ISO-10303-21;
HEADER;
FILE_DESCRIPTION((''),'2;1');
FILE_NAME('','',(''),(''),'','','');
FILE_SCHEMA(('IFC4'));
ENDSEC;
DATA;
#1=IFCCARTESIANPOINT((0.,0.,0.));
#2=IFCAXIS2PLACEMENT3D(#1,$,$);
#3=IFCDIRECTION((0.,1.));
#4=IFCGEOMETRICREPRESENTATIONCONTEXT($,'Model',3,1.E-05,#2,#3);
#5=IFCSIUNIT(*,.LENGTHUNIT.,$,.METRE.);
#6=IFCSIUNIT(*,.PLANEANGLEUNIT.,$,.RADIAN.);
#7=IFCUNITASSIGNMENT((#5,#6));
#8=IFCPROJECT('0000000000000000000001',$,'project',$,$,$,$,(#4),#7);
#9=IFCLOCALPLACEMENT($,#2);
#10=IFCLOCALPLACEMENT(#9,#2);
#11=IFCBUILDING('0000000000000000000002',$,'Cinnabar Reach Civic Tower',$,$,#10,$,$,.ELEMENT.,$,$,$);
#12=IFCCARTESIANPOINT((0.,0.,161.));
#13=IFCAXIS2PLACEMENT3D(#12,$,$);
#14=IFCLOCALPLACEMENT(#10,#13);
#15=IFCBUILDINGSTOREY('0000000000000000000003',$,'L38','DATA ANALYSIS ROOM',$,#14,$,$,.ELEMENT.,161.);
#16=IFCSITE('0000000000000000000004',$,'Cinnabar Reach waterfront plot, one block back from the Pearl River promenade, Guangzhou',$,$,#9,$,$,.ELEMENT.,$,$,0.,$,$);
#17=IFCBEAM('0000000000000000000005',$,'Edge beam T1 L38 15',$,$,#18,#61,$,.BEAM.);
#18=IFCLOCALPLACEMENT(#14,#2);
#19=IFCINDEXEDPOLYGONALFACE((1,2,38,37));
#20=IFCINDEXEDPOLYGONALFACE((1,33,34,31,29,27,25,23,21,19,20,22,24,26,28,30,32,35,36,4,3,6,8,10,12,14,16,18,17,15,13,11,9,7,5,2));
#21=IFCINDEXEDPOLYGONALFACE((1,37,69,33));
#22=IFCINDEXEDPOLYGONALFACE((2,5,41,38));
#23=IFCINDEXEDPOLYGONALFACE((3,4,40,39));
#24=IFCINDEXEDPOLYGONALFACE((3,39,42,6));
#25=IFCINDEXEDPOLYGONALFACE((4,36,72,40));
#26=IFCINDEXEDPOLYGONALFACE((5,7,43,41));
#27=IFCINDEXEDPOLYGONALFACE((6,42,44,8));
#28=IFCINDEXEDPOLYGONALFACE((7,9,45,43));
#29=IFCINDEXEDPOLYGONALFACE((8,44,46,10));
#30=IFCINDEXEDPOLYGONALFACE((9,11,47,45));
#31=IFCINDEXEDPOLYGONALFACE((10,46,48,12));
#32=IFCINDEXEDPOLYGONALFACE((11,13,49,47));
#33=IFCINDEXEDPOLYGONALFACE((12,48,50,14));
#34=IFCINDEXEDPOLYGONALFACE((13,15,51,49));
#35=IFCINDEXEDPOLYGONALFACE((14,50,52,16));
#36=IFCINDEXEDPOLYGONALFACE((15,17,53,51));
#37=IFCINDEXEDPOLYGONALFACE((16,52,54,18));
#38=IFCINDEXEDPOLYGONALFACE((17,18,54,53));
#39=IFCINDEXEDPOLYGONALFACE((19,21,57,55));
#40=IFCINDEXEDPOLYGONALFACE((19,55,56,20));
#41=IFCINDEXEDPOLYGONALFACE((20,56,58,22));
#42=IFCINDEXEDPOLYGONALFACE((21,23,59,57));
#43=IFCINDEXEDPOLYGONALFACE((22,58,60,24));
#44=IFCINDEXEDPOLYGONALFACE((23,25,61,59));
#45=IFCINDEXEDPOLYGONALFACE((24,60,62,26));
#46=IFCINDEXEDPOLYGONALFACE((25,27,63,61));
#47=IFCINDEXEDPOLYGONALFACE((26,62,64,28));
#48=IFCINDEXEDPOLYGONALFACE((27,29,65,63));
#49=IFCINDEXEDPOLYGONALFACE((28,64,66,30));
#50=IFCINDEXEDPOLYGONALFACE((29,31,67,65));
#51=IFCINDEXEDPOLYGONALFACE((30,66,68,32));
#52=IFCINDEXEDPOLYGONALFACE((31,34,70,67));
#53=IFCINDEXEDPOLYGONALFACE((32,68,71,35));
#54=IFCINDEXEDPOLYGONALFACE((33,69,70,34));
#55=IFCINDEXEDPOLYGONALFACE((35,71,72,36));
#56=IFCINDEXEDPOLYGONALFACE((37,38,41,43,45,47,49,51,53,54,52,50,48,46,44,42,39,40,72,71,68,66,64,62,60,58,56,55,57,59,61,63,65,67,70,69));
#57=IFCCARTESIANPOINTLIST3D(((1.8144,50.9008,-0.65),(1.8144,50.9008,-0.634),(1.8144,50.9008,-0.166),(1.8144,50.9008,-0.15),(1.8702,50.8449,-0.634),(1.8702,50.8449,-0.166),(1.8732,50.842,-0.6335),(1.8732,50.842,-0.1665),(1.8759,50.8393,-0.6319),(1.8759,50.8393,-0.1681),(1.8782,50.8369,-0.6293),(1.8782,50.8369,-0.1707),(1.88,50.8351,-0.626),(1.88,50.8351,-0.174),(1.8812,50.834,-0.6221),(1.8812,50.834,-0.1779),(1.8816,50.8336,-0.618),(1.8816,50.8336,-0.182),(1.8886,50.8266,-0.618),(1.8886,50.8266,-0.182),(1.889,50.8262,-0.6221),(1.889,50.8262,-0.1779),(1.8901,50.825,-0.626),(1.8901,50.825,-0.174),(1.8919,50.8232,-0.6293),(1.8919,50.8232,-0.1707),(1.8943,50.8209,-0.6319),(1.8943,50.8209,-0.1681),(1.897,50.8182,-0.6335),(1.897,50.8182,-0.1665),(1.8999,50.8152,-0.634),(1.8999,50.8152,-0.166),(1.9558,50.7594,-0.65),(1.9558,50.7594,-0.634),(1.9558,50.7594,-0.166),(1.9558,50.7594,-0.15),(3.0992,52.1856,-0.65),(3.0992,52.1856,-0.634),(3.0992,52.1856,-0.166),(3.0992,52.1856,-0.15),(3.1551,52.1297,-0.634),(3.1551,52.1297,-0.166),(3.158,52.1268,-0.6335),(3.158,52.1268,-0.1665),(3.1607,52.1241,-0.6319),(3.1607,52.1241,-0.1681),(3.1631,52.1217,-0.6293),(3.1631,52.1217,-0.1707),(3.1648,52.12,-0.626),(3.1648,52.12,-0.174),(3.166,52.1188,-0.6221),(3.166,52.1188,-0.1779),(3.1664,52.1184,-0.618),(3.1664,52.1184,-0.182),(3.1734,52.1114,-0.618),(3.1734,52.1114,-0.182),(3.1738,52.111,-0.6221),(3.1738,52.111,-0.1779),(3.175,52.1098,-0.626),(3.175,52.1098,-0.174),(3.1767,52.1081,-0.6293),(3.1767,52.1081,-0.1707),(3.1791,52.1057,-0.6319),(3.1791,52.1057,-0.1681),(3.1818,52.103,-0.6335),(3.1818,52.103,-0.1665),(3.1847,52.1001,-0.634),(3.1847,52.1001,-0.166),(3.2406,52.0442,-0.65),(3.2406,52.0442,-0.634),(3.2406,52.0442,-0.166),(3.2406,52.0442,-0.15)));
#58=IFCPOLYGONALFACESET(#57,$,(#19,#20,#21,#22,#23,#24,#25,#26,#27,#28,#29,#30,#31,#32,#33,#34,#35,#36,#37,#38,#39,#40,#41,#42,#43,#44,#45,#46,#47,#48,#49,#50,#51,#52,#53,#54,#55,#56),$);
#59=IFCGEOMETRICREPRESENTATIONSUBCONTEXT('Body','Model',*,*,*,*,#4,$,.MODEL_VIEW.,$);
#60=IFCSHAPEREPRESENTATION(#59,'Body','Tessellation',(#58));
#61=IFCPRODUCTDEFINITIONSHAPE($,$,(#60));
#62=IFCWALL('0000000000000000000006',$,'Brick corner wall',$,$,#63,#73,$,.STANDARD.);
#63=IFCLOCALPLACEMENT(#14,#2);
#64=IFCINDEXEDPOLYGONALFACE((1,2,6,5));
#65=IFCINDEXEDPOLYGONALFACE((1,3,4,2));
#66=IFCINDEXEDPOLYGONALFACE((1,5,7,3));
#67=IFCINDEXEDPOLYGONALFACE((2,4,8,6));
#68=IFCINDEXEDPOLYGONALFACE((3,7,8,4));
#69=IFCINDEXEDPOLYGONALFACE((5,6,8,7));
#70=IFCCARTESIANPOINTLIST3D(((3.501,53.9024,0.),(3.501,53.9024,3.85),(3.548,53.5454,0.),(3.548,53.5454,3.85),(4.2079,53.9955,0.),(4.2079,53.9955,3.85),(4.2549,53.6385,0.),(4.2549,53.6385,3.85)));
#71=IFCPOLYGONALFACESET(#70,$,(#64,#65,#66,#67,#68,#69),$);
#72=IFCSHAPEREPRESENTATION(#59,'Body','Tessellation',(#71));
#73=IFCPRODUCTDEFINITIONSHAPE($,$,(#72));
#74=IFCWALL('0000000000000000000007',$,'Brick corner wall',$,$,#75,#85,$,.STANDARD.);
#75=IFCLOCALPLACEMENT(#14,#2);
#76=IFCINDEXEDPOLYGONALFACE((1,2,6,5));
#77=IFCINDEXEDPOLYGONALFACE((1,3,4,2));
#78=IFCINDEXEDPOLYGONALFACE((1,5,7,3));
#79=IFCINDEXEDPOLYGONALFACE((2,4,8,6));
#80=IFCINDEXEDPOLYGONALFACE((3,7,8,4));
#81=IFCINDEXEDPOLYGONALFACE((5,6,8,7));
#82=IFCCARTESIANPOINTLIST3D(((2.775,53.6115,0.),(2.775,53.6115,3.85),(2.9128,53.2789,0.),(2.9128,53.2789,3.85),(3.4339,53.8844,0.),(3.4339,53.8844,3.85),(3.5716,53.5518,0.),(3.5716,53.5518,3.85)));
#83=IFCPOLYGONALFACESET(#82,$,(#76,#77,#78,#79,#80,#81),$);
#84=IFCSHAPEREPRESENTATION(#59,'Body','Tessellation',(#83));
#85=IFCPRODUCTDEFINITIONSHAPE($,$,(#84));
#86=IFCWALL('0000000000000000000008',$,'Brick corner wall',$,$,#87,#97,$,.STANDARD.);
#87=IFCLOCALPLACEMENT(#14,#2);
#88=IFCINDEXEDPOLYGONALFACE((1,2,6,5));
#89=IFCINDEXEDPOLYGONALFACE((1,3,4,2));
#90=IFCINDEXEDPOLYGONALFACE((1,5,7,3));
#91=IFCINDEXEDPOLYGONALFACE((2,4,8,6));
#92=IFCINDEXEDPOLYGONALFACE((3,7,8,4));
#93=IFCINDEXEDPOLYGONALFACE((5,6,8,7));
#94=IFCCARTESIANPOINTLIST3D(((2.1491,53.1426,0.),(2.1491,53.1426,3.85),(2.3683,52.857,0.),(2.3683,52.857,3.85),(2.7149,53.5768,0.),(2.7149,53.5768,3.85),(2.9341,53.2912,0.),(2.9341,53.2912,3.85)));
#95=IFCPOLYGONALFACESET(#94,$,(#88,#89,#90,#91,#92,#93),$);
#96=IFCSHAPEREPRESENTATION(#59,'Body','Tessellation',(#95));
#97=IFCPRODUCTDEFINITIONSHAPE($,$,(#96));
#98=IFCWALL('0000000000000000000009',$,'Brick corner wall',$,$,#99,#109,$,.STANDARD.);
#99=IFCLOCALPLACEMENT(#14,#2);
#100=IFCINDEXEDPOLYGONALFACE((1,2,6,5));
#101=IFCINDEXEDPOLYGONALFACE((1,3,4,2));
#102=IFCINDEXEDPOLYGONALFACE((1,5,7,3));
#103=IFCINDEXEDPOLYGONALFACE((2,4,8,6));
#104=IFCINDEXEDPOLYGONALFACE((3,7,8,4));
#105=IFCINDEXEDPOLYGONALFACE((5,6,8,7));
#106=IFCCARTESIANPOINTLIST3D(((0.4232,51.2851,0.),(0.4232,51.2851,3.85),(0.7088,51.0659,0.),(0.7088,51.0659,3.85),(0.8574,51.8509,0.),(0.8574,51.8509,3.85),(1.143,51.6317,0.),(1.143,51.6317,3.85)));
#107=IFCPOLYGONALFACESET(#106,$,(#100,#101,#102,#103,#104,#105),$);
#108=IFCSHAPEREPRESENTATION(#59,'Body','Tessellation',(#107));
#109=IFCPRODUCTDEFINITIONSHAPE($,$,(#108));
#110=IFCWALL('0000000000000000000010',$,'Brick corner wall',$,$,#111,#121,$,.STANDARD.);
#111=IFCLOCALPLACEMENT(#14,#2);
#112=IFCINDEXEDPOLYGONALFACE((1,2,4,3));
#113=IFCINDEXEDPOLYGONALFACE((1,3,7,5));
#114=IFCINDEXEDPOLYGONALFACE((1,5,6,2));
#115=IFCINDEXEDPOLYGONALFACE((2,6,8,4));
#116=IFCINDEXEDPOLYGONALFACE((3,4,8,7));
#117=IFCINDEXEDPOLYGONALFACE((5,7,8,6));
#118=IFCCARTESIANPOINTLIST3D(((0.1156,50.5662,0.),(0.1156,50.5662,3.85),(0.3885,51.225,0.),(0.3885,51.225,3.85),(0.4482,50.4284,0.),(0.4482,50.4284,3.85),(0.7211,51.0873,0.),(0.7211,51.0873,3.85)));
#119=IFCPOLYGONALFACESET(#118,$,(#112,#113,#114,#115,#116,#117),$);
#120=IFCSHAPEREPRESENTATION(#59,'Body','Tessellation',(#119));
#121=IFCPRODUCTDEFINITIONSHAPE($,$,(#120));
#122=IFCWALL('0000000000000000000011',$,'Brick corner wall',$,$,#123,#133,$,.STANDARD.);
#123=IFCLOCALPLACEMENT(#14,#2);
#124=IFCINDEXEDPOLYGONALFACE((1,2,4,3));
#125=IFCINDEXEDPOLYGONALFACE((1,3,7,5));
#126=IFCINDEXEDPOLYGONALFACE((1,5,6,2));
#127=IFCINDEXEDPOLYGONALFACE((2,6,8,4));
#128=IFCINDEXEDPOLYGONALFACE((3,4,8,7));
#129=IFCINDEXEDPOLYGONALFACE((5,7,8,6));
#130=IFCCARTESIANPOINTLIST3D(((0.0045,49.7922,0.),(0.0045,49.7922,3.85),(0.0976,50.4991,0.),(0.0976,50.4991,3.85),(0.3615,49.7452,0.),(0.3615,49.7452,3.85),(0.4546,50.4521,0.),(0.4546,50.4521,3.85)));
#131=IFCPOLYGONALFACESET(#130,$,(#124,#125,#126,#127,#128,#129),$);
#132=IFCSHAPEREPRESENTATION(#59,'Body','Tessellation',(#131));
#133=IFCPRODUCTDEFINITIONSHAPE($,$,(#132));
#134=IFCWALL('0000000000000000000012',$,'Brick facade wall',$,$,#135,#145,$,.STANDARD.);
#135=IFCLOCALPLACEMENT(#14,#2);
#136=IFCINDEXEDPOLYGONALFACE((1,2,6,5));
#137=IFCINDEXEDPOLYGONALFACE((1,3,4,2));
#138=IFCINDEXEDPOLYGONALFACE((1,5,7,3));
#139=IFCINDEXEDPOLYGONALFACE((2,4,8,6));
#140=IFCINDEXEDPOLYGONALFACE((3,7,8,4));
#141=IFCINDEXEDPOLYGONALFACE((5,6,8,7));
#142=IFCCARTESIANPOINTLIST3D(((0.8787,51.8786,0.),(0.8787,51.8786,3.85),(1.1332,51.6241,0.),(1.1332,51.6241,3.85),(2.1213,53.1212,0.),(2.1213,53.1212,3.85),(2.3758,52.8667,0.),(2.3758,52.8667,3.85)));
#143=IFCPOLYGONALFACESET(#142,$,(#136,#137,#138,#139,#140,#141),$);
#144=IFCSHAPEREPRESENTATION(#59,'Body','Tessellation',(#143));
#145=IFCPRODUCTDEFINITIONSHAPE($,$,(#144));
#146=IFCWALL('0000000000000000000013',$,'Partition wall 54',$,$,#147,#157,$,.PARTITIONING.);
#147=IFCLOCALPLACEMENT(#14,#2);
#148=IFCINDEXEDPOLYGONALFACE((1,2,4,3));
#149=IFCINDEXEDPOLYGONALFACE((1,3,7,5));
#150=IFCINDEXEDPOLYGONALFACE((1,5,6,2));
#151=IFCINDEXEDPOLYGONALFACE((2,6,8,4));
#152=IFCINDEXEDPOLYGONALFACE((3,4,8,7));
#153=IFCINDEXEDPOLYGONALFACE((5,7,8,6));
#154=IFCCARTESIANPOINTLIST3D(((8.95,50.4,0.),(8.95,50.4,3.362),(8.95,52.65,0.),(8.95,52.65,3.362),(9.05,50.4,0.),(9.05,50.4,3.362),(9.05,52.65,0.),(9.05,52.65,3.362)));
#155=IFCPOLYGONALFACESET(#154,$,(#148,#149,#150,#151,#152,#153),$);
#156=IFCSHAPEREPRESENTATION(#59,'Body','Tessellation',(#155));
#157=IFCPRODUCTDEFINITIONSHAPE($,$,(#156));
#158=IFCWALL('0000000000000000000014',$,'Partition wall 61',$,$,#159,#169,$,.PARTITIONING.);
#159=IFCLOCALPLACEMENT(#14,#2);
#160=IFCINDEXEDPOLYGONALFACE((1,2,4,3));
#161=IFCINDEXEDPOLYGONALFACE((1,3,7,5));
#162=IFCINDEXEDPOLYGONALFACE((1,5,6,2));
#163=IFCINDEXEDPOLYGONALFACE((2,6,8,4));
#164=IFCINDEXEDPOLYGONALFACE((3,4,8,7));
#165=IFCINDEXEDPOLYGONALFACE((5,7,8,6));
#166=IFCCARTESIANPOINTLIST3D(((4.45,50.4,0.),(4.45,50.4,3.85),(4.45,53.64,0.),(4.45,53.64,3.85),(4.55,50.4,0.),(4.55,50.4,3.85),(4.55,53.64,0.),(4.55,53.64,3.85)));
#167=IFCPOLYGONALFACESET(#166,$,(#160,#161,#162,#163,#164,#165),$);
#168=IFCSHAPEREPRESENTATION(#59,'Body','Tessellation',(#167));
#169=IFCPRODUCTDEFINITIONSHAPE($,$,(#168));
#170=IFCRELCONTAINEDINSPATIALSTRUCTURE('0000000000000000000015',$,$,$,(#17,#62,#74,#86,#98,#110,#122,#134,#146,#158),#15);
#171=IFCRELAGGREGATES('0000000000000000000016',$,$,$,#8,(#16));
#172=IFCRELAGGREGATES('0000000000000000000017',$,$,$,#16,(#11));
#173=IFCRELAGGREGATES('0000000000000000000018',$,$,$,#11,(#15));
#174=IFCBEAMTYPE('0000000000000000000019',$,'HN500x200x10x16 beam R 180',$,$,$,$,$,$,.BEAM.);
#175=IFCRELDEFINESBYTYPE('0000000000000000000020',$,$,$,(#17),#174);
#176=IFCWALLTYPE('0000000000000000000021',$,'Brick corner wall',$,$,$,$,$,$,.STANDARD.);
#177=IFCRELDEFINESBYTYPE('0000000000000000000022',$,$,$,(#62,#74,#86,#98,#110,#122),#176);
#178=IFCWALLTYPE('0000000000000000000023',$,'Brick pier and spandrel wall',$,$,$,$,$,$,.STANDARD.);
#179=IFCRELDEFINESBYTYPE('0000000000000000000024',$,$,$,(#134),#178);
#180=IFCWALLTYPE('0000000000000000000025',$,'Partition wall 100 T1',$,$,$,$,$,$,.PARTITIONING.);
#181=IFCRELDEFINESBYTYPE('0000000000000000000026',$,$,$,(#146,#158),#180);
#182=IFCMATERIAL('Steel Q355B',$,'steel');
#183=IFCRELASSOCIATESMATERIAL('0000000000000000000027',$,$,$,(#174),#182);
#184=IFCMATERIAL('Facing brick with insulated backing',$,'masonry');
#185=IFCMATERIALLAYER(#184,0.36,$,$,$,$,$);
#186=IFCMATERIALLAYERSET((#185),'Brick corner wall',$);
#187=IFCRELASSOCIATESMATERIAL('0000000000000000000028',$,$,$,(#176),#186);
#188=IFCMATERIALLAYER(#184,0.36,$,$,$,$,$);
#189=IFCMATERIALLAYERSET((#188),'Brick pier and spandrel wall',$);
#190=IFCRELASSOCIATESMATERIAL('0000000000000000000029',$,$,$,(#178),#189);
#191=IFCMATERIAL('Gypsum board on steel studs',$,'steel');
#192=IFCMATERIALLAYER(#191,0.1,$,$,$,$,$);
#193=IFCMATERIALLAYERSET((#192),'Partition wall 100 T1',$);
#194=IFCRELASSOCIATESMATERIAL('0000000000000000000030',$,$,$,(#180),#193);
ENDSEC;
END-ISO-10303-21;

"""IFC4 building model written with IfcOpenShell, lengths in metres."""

from ifc_helpers import new_model, si_unit, direction, frame, frame_2d, origin, origin_2d, place, context, subcontext, project, spatial, rectangle, i_section, extrude, material, layer, layer_set, material_profile, profile_set, type_object, element, save


model = new_model("IFC4")

# Units and contexts
model_context = context("Model", 3, precision=1e-05, world=origin(), true_north=direction((0.0, 1.0)))
body_context = subcontext(model_context, "Body", "Model", "MODEL_VIEW")
ifc_project = project(units=[si_unit("LENGTHUNIT", "METRE"), si_unit("PLANEANGLEUNIT", "RADIAN")], contexts=[model_context])

# Site, building, storey
site_placement = place(None, origin())
site = spatial("IfcSite", under=ifc_project, at=site_placement, Name="Cinnabar Reach waterfront plot, one block back from the Pearl River promenade, Guangzhou", CompositionType="ELEMENT", RefElevation=0.0)
building_placement = place(site_placement, origin())
building = spatial("IfcBuilding", under=site, at=building_placement, Name="Cinnabar Reach Civic Tower", CompositionType="ELEMENT")
storey_placement = place(building_placement, frame((0.0, 0.0, 161.0)))
storey = spatial("IfcBuildingStorey", under=building, at=storey_placement, Name="L38", Description="DATA ANALYSIS ROOM", CompositionType="ELEMENT", Elevation=161.0)

# Beam
ifc_material_1 = material(Name="Steel Q355B", Category="steel")
ifc_material_profile_1 = material_profile(ifc_material_1, i_section(OverallWidth=0.2, OverallDepth=0.5, WebThickness=0.01, FlangeThickness=0.016, FilletRadius=0.016, at=origin_2d()), Name="HN500x200x10x16")
ifc_profile_set_1 = profile_set([ifc_material_profile_1], Name="Steel Q355B")
beam_type_1 = type_object("IfcBeamType", Name="HN500x200x10x16 beam R 180", PredefinedType="BEAM", material=ifc_profile_set_1)
beam_1_placement = place(storey_placement, frame((3.1699, 52.1149, -0.4), z_axis=(-0.707107, -0.707107, 0.0), x_axis=(0.707107, -0.707107, 0.0)))
element("IfcBeam", 1, at=beam_1_placement, inside=storey, type_object=beam_type_1, Name="Edge beam T1 L38 15", PredefinedType="BEAM", context=body_context, shape_type="SweptSolid", body=[
    extrude(i_section(OverallWidth=0.2, OverallDepth=0.5, WebThickness=0.01, FlangeThickness=0.016, FilletRadius=0.016, at=origin_2d()), origin(), (0.0, 0.0, 1.0), 1.817),
])

# Walls
ifc_material_2 = material(Name="Facing brick with insulated backing", Category="masonry")
ifc_layer_1 = layer(ifc_material_2, 0.36)
ifc_layer_set_1 = layer_set([ifc_layer_1], Name="Brick corner wall")
wall_type_1 = type_object("IfcWallType", Name="Brick corner wall", PredefinedType="STANDARD", material=ifc_layer_set_1)
for number, where, z_axis, x_axis, name in (
    (2, (4.2314, 53.817, 0.0), (0.0, 0.0, 1.0), (-0.991441, -0.130556, 0.0), "Brick corner wall"),
    (3, (3.5027, 53.7181, 0.0), (0.0, 0.0, 1.0), (-0.923872, -0.382703, 0.0), "Brick corner wall"),
):
    element("IfcWall", number, at=place(storey_placement, frame(where, z_axis=z_axis, x_axis=x_axis)), inside=storey, type_object=wall_type_1, Name=name, PredefinedType="STANDARD", context=body_context, shape_type="SweptSolid", body=[
        extrude(rectangle(XDim=0.7131, YDim=0.36, at=frame_2d((0.3565, 0.0))), origin(), (0.0, 0.0, 1.0), 3.85),
    ])
for number, where, z_axis, x_axis, name in (
    (4, (2.8245, 53.434, 0.0), (0.0, 0.0, 1.0), (-0.793322, -0.608802, 0.0), "Brick corner wall"),
    (5, (1.0002, 51.7413, 0.0), (0.0, 0.0, 1.0), (-0.608802, -0.793322, 0.0), "Brick corner wall"),
):
    element("IfcWall", number, at=place(storey_placement, frame(where, z_axis=z_axis, x_axis=x_axis)), inside=storey, type_object=wall_type_1, Name=name, PredefinedType="STANDARD", context=body_context, shape_type="SweptSolid", body=[
        extrude(rectangle(XDim=0.7132, YDim=0.36, at=frame_2d((0.3566, 0.0))), origin(), (0.0, 0.0, 1.0), 3.85),
    ])
for number, where, z_axis, x_axis, name in (
    (6, (0.5548, 51.1561, 0.0), (0.0, 0.0, 1.0), (-0.382703, -0.923872, 0.0), "Brick corner wall"),
    (7, (0.2761, 50.4756, 0.0), (0.0, 0.0, 1.0), (-0.130556, -0.991441, 0.0), "Brick corner wall"),
):
    element("IfcWall", number, at=place(storey_placement, frame(where, z_axis=z_axis, x_axis=x_axis)), inside=storey, type_object=wall_type_1, Name=name, PredefinedType="STANDARD", context=body_context, shape_type="SweptSolid", body=[
        extrude(rectangle(XDim=0.7131, YDim=0.36, at=frame_2d((0.3565, 0.0))), origin(), (0.0, 0.0, 1.0), 3.85),
    ])
ifc_layer_2 = layer(ifc_material_2, 0.36)
ifc_layer_set_2 = layer_set([ifc_layer_2], Name="Brick pier and spandrel wall")
wall_type_2 = type_object("IfcWallType", Name="Brick pier and spandrel wall", PredefinedType="STANDARD", material=ifc_layer_set_2)
wall_1_placement = place(storey_placement, frame((2.2486, 52.994, 0.0), z_axis=(0.0, 0.0, 1.0), x_axis=(-0.707107, -0.707107, 0.0)))
element("IfcWall", 8, at=wall_1_placement, inside=storey, type_object=wall_type_2, Name="Brick facade wall", PredefinedType="STANDARD", context=body_context, shape_type="SweptSolid", body=[
    extrude(rectangle(XDim=1.7573, YDim=0.36, at=frame_2d((0.8787, 0.0))), origin(), (0.0, 0.0, 1.0), 3.85),
])
ifc_material_3 = material(Name="Gypsum board on steel studs", Category="steel")
ifc_layer_3 = layer(ifc_material_3, 0.1)
ifc_layer_set_3 = layer_set([ifc_layer_3], Name="Partition wall 100 T1")
wall_type_3 = type_object("IfcWallType", Name="Partition wall 100 T1", PredefinedType="PARTITIONING", material=ifc_layer_set_3)
wall_2_placement = place(storey_placement, frame((9.0, 50.4, 0.0), z_axis=(0.0, 0.0, 1.0), x_axis=(0.0, 1.0, 0.0)))
element("IfcWall", 9, at=wall_2_placement, inside=storey, type_object=wall_type_3, Name="Partition wall 54", PredefinedType="PARTITIONING", context=body_context, shape_type="SweptSolid", body=[
    extrude(rectangle(XDim=2.25, YDim=0.1, at=frame_2d((1.125, 0.0))), origin(), (0.0, 0.0, 1.0), 3.362),
])
wall_3_placement = place(storey_placement, frame((4.5, 50.4, 0.0), z_axis=(0.0, 0.0, 1.0), x_axis=(0.0, 1.0, 0.0)))
element("IfcWall", 10, at=wall_3_placement, inside=storey, type_object=wall_type_3, Name="Partition wall 61", PredefinedType="PARTITIONING", context=body_context, shape_type="SweptSolid", body=[
    extrude(rectangle(XDim=3.24, YDim=0.1, at=frame_2d((1.62, 0.0))), origin(), (0.0, 0.0, 1.0), 3.85),
])

save(model, "model.ifc")
